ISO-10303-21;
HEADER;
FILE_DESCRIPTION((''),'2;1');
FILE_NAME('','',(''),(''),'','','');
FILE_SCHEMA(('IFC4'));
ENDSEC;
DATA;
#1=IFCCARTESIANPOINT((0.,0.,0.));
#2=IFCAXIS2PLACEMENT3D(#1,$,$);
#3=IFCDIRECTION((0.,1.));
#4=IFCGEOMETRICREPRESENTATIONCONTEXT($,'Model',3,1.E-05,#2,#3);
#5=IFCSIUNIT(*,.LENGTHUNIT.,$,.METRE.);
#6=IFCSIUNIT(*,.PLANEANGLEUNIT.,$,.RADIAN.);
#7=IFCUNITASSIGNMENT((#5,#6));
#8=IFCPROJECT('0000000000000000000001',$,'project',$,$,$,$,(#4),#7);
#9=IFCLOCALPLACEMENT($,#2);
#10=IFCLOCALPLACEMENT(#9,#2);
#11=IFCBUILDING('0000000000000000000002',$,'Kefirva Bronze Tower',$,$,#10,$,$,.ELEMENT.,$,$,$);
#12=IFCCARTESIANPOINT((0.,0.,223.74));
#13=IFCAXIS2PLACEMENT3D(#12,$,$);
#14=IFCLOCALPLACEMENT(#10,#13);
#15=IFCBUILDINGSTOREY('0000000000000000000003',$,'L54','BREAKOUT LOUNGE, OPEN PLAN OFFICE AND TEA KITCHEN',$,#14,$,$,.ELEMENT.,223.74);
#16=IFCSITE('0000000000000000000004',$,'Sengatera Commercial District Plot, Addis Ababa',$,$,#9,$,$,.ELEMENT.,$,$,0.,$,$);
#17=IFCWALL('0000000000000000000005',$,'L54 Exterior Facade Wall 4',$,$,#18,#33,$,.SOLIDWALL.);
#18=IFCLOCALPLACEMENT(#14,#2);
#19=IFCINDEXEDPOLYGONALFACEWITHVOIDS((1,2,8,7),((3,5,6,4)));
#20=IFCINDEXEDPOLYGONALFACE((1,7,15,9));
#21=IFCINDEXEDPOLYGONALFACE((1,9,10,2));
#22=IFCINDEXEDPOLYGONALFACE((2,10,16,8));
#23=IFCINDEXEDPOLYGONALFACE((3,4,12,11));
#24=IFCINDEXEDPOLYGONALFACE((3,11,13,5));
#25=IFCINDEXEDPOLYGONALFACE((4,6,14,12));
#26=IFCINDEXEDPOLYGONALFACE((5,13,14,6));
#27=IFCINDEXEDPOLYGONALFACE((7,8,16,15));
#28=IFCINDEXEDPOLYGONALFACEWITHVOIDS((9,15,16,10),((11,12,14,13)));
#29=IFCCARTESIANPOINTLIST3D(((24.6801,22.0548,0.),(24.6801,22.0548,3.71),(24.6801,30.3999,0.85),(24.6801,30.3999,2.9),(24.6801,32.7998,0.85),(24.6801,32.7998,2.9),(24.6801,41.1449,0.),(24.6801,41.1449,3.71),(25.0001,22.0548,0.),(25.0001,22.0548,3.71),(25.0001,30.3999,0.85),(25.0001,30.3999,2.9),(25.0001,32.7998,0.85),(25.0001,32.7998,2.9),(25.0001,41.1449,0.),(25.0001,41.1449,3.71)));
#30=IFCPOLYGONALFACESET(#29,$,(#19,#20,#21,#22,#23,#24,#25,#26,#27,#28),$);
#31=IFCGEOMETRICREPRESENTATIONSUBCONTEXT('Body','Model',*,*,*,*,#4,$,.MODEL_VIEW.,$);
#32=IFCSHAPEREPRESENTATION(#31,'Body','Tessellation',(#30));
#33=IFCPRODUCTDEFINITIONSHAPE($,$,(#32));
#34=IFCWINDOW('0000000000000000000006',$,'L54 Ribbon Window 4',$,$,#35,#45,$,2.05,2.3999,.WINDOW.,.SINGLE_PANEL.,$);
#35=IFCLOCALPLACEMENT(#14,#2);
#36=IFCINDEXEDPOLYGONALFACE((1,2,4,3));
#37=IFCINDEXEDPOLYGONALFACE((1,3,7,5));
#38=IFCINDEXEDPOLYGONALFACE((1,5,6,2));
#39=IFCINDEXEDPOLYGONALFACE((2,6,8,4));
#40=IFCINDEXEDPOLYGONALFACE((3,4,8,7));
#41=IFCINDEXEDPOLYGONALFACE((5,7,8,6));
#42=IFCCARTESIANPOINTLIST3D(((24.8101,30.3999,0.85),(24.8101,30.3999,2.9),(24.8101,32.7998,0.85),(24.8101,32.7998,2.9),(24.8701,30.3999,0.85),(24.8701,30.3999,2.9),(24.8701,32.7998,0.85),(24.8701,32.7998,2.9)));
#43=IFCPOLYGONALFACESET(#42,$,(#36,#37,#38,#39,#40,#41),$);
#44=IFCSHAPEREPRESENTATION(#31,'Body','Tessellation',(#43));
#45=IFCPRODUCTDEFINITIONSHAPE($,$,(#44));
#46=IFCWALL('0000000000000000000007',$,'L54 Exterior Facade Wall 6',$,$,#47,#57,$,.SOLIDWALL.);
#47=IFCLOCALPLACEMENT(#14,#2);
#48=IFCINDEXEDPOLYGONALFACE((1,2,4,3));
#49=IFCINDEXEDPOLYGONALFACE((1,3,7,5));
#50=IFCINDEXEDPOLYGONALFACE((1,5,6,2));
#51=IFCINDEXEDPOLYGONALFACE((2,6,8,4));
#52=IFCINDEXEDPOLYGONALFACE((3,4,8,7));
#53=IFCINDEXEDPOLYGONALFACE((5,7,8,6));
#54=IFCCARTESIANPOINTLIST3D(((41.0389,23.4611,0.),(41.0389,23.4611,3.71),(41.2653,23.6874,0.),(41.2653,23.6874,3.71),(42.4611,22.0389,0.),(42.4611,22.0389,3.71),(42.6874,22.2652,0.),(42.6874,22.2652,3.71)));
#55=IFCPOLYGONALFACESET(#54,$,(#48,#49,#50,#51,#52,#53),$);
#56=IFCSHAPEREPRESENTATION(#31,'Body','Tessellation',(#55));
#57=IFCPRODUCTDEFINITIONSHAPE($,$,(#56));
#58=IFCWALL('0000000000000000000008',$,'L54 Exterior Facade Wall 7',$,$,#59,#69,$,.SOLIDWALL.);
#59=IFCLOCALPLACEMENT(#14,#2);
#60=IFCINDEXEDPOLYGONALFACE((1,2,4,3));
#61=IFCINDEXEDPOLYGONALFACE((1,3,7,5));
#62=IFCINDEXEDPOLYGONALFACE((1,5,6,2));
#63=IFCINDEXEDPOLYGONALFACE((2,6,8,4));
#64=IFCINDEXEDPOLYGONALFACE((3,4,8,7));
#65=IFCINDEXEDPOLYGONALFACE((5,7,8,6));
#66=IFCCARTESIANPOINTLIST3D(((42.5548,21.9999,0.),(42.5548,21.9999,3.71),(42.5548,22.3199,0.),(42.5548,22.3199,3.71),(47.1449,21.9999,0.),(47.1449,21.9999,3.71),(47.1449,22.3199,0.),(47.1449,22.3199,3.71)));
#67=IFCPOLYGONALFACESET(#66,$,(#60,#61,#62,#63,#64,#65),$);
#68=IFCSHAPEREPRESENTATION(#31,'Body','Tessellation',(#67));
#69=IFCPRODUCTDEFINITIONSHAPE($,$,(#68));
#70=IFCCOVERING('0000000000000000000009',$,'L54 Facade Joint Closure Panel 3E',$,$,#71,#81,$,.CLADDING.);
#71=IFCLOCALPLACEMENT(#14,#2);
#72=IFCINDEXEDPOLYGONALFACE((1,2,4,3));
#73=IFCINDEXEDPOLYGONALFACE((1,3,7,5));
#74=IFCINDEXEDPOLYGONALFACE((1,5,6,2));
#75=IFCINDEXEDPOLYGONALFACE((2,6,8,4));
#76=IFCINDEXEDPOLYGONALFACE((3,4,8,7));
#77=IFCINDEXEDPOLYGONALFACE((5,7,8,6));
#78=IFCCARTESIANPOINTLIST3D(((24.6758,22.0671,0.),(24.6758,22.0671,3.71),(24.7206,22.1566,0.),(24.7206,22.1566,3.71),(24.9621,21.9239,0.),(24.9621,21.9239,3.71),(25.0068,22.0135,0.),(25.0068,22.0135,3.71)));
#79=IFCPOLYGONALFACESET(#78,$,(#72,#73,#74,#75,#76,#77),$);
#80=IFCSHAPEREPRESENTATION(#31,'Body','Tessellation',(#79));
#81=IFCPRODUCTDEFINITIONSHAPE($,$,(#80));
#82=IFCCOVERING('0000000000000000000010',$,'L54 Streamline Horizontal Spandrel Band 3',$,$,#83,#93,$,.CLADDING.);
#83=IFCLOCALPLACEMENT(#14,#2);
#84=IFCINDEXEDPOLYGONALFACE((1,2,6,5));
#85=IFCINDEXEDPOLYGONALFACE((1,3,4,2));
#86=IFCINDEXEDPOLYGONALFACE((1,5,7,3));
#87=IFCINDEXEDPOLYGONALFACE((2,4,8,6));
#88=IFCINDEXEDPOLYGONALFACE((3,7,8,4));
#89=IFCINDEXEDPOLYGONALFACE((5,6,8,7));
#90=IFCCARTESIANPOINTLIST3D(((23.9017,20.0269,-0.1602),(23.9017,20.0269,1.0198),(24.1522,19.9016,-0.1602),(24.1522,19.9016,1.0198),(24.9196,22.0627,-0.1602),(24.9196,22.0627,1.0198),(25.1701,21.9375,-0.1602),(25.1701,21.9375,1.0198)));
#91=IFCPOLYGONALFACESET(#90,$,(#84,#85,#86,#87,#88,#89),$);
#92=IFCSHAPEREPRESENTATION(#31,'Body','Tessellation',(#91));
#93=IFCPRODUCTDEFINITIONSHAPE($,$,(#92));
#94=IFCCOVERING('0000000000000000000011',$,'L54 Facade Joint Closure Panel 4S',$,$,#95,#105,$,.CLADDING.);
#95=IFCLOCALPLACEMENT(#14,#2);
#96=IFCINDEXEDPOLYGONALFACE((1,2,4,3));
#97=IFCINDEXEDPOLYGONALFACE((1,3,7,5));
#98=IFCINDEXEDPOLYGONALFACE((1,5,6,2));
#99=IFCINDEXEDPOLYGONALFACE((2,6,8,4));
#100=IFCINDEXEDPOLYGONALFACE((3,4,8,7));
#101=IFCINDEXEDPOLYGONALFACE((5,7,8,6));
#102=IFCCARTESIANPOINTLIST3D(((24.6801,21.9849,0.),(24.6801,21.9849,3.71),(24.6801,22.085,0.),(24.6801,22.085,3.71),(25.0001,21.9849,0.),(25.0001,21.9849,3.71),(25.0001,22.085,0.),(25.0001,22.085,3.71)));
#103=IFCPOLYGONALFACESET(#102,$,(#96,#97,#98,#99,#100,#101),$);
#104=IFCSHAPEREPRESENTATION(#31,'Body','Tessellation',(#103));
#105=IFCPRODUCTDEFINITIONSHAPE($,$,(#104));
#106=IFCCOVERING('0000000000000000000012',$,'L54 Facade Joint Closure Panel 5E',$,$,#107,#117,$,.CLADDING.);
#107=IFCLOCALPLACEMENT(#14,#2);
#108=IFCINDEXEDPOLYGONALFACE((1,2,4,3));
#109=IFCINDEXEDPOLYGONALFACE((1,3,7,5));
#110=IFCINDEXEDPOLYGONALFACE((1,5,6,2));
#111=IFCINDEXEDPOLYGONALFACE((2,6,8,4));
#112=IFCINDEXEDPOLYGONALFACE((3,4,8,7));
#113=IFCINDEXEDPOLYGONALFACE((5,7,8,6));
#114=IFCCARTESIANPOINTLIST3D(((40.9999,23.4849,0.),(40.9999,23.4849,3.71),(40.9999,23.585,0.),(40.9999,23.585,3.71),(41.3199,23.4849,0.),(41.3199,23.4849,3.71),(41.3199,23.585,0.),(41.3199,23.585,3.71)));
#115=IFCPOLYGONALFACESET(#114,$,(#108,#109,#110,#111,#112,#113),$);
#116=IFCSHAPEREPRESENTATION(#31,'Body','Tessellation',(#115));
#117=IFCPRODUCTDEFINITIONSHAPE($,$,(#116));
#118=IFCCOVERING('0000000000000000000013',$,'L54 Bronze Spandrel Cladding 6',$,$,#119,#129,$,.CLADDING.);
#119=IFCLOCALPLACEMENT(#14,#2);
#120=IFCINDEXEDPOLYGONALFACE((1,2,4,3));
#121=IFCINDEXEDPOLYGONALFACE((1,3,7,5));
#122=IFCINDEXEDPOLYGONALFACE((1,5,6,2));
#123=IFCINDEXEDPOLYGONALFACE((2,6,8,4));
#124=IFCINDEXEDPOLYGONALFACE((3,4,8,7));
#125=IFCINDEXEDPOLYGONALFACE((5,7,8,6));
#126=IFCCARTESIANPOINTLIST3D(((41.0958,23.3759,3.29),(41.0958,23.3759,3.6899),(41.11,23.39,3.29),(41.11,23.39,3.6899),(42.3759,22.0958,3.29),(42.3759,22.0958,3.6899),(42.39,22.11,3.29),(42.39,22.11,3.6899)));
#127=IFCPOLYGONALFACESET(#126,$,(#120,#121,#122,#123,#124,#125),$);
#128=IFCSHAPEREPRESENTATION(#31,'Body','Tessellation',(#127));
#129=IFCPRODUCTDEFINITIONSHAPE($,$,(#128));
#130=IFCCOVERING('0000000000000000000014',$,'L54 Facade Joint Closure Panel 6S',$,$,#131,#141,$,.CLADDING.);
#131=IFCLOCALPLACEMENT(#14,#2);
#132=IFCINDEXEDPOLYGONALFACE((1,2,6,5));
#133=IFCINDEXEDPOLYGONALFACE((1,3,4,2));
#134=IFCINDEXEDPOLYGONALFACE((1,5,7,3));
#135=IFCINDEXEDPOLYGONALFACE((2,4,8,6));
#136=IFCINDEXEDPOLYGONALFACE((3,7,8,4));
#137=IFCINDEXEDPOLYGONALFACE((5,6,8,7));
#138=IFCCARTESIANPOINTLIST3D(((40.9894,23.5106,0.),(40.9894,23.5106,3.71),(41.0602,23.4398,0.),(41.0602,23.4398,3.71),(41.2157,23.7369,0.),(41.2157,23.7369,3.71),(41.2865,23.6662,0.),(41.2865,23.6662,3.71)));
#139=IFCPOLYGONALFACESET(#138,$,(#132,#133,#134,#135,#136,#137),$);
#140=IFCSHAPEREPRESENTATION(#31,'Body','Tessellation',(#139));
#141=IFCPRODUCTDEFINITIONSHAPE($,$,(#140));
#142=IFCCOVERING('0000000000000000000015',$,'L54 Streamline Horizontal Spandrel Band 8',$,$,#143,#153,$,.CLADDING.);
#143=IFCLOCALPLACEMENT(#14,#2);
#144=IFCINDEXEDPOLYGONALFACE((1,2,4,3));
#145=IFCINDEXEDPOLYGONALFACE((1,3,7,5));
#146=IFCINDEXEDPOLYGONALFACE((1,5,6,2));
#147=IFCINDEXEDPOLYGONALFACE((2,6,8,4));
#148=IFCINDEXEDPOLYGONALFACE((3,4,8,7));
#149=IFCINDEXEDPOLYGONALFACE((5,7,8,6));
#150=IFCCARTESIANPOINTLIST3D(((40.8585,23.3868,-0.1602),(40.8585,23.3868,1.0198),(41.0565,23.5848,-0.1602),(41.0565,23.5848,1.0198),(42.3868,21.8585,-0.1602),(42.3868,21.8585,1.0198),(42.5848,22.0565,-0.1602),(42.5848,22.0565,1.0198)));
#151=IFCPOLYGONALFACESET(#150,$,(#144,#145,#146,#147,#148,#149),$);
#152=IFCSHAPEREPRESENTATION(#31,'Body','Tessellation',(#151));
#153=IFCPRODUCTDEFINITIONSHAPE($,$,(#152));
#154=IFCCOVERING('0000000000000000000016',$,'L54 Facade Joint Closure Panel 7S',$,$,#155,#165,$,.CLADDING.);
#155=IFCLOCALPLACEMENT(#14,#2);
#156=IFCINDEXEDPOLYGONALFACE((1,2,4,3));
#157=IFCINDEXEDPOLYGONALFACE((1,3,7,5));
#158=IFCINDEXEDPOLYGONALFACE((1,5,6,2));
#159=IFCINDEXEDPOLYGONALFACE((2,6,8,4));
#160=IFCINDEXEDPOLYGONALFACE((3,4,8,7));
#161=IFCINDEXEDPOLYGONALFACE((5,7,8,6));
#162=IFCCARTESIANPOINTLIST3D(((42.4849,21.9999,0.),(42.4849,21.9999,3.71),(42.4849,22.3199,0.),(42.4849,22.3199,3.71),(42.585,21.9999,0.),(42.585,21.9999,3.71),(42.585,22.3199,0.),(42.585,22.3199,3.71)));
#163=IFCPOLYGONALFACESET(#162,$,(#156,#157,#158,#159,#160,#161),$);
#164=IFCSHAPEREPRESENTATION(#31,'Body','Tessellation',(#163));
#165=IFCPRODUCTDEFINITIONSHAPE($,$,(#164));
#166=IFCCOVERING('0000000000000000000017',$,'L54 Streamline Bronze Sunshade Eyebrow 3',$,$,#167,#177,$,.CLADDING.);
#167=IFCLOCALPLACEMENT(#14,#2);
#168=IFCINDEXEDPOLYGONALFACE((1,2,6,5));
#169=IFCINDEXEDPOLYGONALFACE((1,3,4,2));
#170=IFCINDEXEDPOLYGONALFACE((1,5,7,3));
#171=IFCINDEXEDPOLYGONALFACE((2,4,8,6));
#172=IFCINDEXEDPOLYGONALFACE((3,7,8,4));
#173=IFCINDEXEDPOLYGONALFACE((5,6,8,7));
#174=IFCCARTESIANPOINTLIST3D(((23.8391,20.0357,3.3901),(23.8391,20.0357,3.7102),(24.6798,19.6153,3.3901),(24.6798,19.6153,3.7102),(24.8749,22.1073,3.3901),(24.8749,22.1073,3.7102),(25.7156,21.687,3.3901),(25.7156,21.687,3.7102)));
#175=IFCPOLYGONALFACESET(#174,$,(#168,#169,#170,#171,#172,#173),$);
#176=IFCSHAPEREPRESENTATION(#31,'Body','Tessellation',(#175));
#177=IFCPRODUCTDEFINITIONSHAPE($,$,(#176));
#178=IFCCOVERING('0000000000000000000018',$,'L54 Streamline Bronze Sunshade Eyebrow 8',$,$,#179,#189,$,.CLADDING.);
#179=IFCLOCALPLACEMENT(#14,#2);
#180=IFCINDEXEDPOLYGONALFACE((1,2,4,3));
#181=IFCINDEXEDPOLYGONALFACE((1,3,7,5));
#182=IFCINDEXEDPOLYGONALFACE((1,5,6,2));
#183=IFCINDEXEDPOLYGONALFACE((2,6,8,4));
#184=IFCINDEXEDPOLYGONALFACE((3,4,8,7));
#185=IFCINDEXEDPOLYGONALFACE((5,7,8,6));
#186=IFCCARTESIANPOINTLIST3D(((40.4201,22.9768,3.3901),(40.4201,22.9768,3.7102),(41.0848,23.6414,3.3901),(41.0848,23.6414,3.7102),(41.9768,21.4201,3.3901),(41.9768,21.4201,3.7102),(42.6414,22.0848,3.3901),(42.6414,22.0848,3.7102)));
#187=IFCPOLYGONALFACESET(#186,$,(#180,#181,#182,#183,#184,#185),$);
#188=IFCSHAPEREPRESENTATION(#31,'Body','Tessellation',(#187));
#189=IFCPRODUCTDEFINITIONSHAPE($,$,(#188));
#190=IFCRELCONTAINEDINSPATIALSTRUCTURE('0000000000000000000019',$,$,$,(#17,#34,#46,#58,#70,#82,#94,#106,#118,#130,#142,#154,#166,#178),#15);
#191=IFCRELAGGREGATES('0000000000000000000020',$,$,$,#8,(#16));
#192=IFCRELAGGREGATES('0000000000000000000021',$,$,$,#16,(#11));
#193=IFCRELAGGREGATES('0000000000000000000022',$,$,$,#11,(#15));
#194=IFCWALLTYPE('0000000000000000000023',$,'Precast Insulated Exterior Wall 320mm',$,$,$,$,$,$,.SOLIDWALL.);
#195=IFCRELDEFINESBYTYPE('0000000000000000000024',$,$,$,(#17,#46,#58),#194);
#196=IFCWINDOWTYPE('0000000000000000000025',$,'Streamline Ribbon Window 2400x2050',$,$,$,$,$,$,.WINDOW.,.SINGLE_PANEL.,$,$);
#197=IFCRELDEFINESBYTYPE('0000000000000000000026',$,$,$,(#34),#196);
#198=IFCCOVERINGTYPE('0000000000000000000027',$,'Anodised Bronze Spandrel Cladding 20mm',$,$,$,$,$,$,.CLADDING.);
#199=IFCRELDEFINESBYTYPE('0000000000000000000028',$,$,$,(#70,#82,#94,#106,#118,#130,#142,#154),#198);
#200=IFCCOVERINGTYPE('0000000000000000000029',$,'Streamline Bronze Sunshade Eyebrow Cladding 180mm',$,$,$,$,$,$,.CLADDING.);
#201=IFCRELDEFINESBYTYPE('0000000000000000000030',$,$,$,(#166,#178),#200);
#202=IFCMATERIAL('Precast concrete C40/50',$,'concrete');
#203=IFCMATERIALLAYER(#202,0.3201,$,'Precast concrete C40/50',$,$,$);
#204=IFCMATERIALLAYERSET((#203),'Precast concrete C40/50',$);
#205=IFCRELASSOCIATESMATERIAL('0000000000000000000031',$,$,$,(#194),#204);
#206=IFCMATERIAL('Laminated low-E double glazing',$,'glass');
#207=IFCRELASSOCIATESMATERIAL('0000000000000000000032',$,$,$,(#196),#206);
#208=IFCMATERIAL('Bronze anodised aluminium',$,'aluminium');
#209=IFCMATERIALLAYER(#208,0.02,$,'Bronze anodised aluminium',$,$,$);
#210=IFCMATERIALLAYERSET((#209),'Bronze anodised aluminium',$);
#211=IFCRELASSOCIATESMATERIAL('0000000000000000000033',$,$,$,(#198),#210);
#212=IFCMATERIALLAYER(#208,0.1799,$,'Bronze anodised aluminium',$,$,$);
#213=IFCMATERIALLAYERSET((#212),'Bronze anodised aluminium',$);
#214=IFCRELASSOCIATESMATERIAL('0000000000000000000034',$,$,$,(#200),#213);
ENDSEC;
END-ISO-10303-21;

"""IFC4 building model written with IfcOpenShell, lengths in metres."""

from ifc_helpers import new_model, si_unit, direction, frame, frame_2d, origin, origin_2d, place, context, subcontext, project, spatial, rectangle, extrude, material, layer, layer_set, type_object, element, fill, save


model = new_model("IFC4")

# Units and contexts
model_context = context("Model", 3, precision=1e-05, world=origin(), true_north=direction((0.0, 1.0)))
body_context = subcontext(model_context, "Body", "Model", "MODEL_VIEW")
ifc_project = project(units=[si_unit("LENGTHUNIT", "METRE"), si_unit("PLANEANGLEUNIT", "RADIAN")], contexts=[model_context])

# Site, building, storey
site_placement = place(None, origin())
site = spatial("IfcSite", under=ifc_project, at=site_placement, Name="Sengatera Commercial District Plot, Addis Ababa", CompositionType="ELEMENT", RefElevation=0.0)
building_placement = place(site_placement, origin())
building = spatial("IfcBuilding", under=site, at=building_placement, Name="Kefirva Bronze Tower", CompositionType="ELEMENT")
storey_placement = place(building_placement, frame((0.0, 0.0, 223.74)))
storey = spatial("IfcBuildingStorey", under=building, at=storey_placement, Name="L54", Description="BREAKOUT LOUNGE, OPEN PLAN OFFICE AND TEA KITCHEN", CompositionType="ELEMENT", Elevation=223.74)

# Wall, opening, window
ifc_material_1 = material(Name="Precast concrete C40/50", Category="concrete")
ifc_layer_1 = layer(ifc_material_1, 0.3201, Name="Precast concrete C40/50")
ifc_layer_set_1 = layer_set([ifc_layer_1], Name="Precast concrete C40/50")
wall_type = type_object("IfcWallType", Name="Precast Insulated Exterior Wall 320mm", PredefinedType="SOLIDWALL", material=ifc_layer_set_1)
wall_1_placement = place(storey_placement, frame((24.8401, 22.0549, 0.0), z_axis=(0.0, 0.0, 1.0), x_axis=(0.0, 1.0, 0.0)))
wall_1 = element("IfcWall", 1, at=wall_1_placement, inside=storey, type_object=wall_type, Name="L54 Exterior Facade Wall 4", PredefinedType="SOLIDWALL", context=body_context, shape_type="SweptSolid", body=[
    extrude(rectangle(XDim=19.0901, YDim=0.3201, at=frame_2d((9.5449, 0.0))), origin(), (0.0, 0.0, 1.0), 3.71),
])
opening_placement = place(wall_1_placement, frame((8.345, 0.0, 0.8501)))
opening = element("IfcOpeningElement", 2, at=opening_placement, cuts=wall_1, PredefinedType="OPENING", context=body_context, shape_type="SweptSolid", body=[
    extrude(rectangle(XDim=2.3999, YDim=2.05, at=frame_2d((1.2, 1.0249))), frame((0.0, 0.1699, 0.0), z_axis=(0.0, -1.0, 0.0), x_axis=(1.0, 0.0, 0.0)), (0.0, 0.0, 1.0), 0.3401),
])
ifc_material_2 = material(Name="Laminated low-E double glazing", Category="glass")
window_type = type_object("IfcWindowType", Name="Streamline Ribbon Window 2400x2050", PartitioningType="SINGLE_PANEL", PredefinedType="WINDOW", material=ifc_material_2)
window_placement = place(opening_placement, origin())
window = element("IfcWindow", 3, at=window_placement, inside=storey, type_object=window_type, Name="L54 Ribbon Window 4", OverallHeight=2.05, OverallWidth=2.3999, PartitioningType="SINGLE_PANEL", PredefinedType="WINDOW", context=body_context, shape_type="SweptSolid", body=[
    extrude(rectangle(XDim=2.3999, YDim=2.05, at=frame_2d((1.2, 1.0249))), frame((0.0, 0.03, 0.0), z_axis=(0.0, -1.0, 0.0), x_axis=(1.0, 0.0, 0.0)), (0.0, 0.0, 1.0), 0.0601),
])
fill(opening, window)

# Walls
wall_2_placement = place(storey_placement, frame((41.1521, 23.5742, 0.0), z_axis=(0.0, 0.0, 1.0), x_axis=(0.707107, -0.707107, 0.0)))
element("IfcWall", 4, at=wall_2_placement, inside=storey, type_object=wall_type, Name="L54 Exterior Facade Wall 6", PredefinedType="SOLIDWALL", context=body_context, shape_type="SweptSolid", body=[
    extrude(rectangle(XDim=2.0112, YDim=0.3201, at=frame_2d((1.0056, 0.0))), origin(), (0.0, 0.0, 1.0), 3.71),
])
wall_3_placement = place(storey_placement, frame((42.5549, 22.1599, 0.0), z_axis=(0.0, 0.0, 1.0), x_axis=(1.0, 0.0, 0.0)))
element("IfcWall", 5, at=wall_3_placement, inside=storey, type_object=wall_type, Name="L54 Exterior Facade Wall 7", PredefinedType="SOLIDWALL", context=body_context, shape_type="SweptSolid", body=[
    extrude(rectangle(XDim=4.5901, YDim=0.3201, at=frame_2d((2.2949, 0.0))), origin(), (0.0, 0.0, 1.0), 3.71),
])

# Coverings
ifc_material_3 = material(Name="Bronze anodised aluminium", Category="aluminium")
ifc_layer_2 = layer(ifc_material_3, 0.02, Name="Bronze anodised aluminium")
ifc_layer_set_2 = layer_set([ifc_layer_2], Name="Bronze anodised aluminium")
covering_type_1 = type_object("IfcCoveringType", Name="Anodised Bronze Spandrel Cladding 20mm", PredefinedType="CLADDING", material=ifc_layer_set_2)
covering_1_placement = place(storey_placement, frame((24.8413, 22.0403, 0.0), z_axis=(0.0, 0.0, 1.0), x_axis=(0.447214, 0.894427, 0.0)))
element("IfcCovering", 6, at=covering_1_placement, inside=storey, type_object=covering_type_1, Name="L54 Facade Joint Closure Panel 3E", PredefinedType="CLADDING", context=body_context, shape_type="SweptSolid", body=[
    extrude(rectangle(XDim=0.1001, YDim=0.3201, at=origin_2d()), origin(), (0.0, 0.0, 1.0), 3.71),
])
covering_2_placement = place(storey_placement, frame((24.5359, 20.9822, -0.1602), z_axis=(0.0, 0.0, 1.0), x_axis=(0.447214, 0.894427, 0.0)))
element("IfcCovering", 7, at=covering_2_placement, inside=storey, type_object=covering_type_1, Name="L54 Streamline Horizontal Spandrel Band 3", PredefinedType="CLADDING", context=body_context, shape_type="SweptSolid", body=[
    extrude(rectangle(XDim=2.2761, YDim=0.28, at=origin_2d()), origin(), (0.0, 0.0, 1.0), 1.1799),
])
for number, where, z_axis, x_axis, name in (
    (8, (24.8401, 22.0349, 0.0), (0.0, 0.0, 1.0), (0.0, 1.0, 0.0), "L54 Facade Joint Closure Panel 4S"),
    (9, (41.1599, 23.5349, 0.0), (0.0, 0.0, 1.0), (0.0, -1.0, 0.0), "L54 Facade Joint Closure Panel 5E"),
):
    element("IfcCovering", number, at=place(storey_placement, frame(where, z_axis=z_axis, x_axis=x_axis)), inside=storey, type_object=covering_type_1, Name=name, PredefinedType="CLADDING", context=body_context, shape_type="SweptSolid", body=[
        extrude(rectangle(XDim=0.1001, YDim=0.3201, at=origin_2d()), origin(), (0.0, 0.0, 1.0), 3.71),
    ])
covering_3_placement = place(storey_placement, frame((41.7429, 22.7429, 3.29), z_axis=(0.0, 0.0, 1.0), x_axis=(0.707107, -0.707107, 0.0)))
element("IfcCovering", 10, at=covering_3_placement, inside=storey, type_object=covering_type_1, Name="L54 Bronze Spandrel Cladding 6", PredefinedType="CLADDING", context=body_context, shape_type="SweptSolid", body=[
    extrude(rectangle(XDim=1.8103, YDim=0.02, at=origin_2d()), origin(), (0.0, 0.0, 1.0), 0.3999),
])
covering_4_placement = place(storey_placement, frame((41.1379, 23.5884, 0.0), z_axis=(0.0, 0.0, 1.0), x_axis=(0.707107, -0.707107, 0.0)))
element("IfcCovering", 11, at=covering_4_placement, inside=storey, type_object=covering_type_1, Name="L54 Facade Joint Closure Panel 6S", PredefinedType="CLADDING", context=body_context, shape_type="SweptSolid", body=[
    extrude(rectangle(XDim=0.1001, YDim=0.3201, at=origin_2d()), origin(), (0.0, 0.0, 1.0), 3.71),
])
covering_5_placement = place(storey_placement, frame((41.7217, 22.7217, -0.1602), z_axis=(0.0, 0.0, 1.0), x_axis=(0.707107, -0.707107, 0.0)))
element("IfcCovering", 12, at=covering_5_placement, inside=storey, type_object=covering_type_1, Name="L54 Streamline Horizontal Spandrel Band 8", PredefinedType="CLADDING", context=body_context, shape_type="SweptSolid", body=[
    extrude(rectangle(XDim=2.1614, YDim=0.28, at=origin_2d()), origin(), (0.0, 0.0, 1.0), 1.1799),
])
covering_6_placement = place(storey_placement, frame((42.5349, 22.1599, 0.0), z_axis=(0.0, 0.0, 1.0), x_axis=(1.0, 0.0, 0.0)))
element("IfcCovering", 13, at=covering_6_placement, inside=storey, type_object=covering_type_1, Name="L54 Facade Joint Closure Panel 7S", PredefinedType="CLADDING", context=body_context, shape_type="SweptSolid", body=[
    extrude(rectangle(XDim=0.1001, YDim=0.3201, at=origin_2d()), origin(), (0.0, 0.0, 1.0), 3.71),
])
ifc_layer_3 = layer(ifc_material_3, 0.1799, Name="Bronze anodised aluminium")
ifc_layer_set_3 = layer_set([ifc_layer_3], Name="Bronze anodised aluminium")
covering_type_2 = type_object("IfcCoveringType", Name="Streamline Bronze Sunshade Eyebrow Cladding 180mm", PredefinedType="CLADDING", material=ifc_layer_set_3)
covering_7_placement = place(storey_placement, frame((24.7773, 20.8613, 3.3901), z_axis=(0.0, 0.0, 1.0), x_axis=(0.447214, 0.894427, 0.0)))
element("IfcCovering", 14, at=covering_7_placement, inside=storey, type_object=covering_type_2, Name="L54 Streamline Bronze Sunshade Eyebrow 3", PredefinedType="CLADDING", context=body_context, shape_type="SweptSolid", body=[
    extrude(rectangle(XDim=2.3162, YDim=0.9399, at=origin_2d()), origin(), (0.0, 0.0, 1.0), 0.3201),
])
covering_8_placement = place(storey_placement, frame((41.5308, 22.5308, 3.3901), z_axis=(0.0, 0.0, 1.0), x_axis=(0.707107, -0.707107, 0.0)))
element("IfcCovering", 15, at=covering_8_placement, inside=storey, type_object=covering_type_2, Name="L54 Streamline Bronze Sunshade Eyebrow 8", PredefinedType="CLADDING", context=body_context, shape_type="SweptSolid", body=[
    extrude(rectangle(XDim=2.2014, YDim=0.9399, at=origin_2d()), origin(), (0.0, 0.0, 1.0), 0.3201),
])

save(model, "model.ifc")
